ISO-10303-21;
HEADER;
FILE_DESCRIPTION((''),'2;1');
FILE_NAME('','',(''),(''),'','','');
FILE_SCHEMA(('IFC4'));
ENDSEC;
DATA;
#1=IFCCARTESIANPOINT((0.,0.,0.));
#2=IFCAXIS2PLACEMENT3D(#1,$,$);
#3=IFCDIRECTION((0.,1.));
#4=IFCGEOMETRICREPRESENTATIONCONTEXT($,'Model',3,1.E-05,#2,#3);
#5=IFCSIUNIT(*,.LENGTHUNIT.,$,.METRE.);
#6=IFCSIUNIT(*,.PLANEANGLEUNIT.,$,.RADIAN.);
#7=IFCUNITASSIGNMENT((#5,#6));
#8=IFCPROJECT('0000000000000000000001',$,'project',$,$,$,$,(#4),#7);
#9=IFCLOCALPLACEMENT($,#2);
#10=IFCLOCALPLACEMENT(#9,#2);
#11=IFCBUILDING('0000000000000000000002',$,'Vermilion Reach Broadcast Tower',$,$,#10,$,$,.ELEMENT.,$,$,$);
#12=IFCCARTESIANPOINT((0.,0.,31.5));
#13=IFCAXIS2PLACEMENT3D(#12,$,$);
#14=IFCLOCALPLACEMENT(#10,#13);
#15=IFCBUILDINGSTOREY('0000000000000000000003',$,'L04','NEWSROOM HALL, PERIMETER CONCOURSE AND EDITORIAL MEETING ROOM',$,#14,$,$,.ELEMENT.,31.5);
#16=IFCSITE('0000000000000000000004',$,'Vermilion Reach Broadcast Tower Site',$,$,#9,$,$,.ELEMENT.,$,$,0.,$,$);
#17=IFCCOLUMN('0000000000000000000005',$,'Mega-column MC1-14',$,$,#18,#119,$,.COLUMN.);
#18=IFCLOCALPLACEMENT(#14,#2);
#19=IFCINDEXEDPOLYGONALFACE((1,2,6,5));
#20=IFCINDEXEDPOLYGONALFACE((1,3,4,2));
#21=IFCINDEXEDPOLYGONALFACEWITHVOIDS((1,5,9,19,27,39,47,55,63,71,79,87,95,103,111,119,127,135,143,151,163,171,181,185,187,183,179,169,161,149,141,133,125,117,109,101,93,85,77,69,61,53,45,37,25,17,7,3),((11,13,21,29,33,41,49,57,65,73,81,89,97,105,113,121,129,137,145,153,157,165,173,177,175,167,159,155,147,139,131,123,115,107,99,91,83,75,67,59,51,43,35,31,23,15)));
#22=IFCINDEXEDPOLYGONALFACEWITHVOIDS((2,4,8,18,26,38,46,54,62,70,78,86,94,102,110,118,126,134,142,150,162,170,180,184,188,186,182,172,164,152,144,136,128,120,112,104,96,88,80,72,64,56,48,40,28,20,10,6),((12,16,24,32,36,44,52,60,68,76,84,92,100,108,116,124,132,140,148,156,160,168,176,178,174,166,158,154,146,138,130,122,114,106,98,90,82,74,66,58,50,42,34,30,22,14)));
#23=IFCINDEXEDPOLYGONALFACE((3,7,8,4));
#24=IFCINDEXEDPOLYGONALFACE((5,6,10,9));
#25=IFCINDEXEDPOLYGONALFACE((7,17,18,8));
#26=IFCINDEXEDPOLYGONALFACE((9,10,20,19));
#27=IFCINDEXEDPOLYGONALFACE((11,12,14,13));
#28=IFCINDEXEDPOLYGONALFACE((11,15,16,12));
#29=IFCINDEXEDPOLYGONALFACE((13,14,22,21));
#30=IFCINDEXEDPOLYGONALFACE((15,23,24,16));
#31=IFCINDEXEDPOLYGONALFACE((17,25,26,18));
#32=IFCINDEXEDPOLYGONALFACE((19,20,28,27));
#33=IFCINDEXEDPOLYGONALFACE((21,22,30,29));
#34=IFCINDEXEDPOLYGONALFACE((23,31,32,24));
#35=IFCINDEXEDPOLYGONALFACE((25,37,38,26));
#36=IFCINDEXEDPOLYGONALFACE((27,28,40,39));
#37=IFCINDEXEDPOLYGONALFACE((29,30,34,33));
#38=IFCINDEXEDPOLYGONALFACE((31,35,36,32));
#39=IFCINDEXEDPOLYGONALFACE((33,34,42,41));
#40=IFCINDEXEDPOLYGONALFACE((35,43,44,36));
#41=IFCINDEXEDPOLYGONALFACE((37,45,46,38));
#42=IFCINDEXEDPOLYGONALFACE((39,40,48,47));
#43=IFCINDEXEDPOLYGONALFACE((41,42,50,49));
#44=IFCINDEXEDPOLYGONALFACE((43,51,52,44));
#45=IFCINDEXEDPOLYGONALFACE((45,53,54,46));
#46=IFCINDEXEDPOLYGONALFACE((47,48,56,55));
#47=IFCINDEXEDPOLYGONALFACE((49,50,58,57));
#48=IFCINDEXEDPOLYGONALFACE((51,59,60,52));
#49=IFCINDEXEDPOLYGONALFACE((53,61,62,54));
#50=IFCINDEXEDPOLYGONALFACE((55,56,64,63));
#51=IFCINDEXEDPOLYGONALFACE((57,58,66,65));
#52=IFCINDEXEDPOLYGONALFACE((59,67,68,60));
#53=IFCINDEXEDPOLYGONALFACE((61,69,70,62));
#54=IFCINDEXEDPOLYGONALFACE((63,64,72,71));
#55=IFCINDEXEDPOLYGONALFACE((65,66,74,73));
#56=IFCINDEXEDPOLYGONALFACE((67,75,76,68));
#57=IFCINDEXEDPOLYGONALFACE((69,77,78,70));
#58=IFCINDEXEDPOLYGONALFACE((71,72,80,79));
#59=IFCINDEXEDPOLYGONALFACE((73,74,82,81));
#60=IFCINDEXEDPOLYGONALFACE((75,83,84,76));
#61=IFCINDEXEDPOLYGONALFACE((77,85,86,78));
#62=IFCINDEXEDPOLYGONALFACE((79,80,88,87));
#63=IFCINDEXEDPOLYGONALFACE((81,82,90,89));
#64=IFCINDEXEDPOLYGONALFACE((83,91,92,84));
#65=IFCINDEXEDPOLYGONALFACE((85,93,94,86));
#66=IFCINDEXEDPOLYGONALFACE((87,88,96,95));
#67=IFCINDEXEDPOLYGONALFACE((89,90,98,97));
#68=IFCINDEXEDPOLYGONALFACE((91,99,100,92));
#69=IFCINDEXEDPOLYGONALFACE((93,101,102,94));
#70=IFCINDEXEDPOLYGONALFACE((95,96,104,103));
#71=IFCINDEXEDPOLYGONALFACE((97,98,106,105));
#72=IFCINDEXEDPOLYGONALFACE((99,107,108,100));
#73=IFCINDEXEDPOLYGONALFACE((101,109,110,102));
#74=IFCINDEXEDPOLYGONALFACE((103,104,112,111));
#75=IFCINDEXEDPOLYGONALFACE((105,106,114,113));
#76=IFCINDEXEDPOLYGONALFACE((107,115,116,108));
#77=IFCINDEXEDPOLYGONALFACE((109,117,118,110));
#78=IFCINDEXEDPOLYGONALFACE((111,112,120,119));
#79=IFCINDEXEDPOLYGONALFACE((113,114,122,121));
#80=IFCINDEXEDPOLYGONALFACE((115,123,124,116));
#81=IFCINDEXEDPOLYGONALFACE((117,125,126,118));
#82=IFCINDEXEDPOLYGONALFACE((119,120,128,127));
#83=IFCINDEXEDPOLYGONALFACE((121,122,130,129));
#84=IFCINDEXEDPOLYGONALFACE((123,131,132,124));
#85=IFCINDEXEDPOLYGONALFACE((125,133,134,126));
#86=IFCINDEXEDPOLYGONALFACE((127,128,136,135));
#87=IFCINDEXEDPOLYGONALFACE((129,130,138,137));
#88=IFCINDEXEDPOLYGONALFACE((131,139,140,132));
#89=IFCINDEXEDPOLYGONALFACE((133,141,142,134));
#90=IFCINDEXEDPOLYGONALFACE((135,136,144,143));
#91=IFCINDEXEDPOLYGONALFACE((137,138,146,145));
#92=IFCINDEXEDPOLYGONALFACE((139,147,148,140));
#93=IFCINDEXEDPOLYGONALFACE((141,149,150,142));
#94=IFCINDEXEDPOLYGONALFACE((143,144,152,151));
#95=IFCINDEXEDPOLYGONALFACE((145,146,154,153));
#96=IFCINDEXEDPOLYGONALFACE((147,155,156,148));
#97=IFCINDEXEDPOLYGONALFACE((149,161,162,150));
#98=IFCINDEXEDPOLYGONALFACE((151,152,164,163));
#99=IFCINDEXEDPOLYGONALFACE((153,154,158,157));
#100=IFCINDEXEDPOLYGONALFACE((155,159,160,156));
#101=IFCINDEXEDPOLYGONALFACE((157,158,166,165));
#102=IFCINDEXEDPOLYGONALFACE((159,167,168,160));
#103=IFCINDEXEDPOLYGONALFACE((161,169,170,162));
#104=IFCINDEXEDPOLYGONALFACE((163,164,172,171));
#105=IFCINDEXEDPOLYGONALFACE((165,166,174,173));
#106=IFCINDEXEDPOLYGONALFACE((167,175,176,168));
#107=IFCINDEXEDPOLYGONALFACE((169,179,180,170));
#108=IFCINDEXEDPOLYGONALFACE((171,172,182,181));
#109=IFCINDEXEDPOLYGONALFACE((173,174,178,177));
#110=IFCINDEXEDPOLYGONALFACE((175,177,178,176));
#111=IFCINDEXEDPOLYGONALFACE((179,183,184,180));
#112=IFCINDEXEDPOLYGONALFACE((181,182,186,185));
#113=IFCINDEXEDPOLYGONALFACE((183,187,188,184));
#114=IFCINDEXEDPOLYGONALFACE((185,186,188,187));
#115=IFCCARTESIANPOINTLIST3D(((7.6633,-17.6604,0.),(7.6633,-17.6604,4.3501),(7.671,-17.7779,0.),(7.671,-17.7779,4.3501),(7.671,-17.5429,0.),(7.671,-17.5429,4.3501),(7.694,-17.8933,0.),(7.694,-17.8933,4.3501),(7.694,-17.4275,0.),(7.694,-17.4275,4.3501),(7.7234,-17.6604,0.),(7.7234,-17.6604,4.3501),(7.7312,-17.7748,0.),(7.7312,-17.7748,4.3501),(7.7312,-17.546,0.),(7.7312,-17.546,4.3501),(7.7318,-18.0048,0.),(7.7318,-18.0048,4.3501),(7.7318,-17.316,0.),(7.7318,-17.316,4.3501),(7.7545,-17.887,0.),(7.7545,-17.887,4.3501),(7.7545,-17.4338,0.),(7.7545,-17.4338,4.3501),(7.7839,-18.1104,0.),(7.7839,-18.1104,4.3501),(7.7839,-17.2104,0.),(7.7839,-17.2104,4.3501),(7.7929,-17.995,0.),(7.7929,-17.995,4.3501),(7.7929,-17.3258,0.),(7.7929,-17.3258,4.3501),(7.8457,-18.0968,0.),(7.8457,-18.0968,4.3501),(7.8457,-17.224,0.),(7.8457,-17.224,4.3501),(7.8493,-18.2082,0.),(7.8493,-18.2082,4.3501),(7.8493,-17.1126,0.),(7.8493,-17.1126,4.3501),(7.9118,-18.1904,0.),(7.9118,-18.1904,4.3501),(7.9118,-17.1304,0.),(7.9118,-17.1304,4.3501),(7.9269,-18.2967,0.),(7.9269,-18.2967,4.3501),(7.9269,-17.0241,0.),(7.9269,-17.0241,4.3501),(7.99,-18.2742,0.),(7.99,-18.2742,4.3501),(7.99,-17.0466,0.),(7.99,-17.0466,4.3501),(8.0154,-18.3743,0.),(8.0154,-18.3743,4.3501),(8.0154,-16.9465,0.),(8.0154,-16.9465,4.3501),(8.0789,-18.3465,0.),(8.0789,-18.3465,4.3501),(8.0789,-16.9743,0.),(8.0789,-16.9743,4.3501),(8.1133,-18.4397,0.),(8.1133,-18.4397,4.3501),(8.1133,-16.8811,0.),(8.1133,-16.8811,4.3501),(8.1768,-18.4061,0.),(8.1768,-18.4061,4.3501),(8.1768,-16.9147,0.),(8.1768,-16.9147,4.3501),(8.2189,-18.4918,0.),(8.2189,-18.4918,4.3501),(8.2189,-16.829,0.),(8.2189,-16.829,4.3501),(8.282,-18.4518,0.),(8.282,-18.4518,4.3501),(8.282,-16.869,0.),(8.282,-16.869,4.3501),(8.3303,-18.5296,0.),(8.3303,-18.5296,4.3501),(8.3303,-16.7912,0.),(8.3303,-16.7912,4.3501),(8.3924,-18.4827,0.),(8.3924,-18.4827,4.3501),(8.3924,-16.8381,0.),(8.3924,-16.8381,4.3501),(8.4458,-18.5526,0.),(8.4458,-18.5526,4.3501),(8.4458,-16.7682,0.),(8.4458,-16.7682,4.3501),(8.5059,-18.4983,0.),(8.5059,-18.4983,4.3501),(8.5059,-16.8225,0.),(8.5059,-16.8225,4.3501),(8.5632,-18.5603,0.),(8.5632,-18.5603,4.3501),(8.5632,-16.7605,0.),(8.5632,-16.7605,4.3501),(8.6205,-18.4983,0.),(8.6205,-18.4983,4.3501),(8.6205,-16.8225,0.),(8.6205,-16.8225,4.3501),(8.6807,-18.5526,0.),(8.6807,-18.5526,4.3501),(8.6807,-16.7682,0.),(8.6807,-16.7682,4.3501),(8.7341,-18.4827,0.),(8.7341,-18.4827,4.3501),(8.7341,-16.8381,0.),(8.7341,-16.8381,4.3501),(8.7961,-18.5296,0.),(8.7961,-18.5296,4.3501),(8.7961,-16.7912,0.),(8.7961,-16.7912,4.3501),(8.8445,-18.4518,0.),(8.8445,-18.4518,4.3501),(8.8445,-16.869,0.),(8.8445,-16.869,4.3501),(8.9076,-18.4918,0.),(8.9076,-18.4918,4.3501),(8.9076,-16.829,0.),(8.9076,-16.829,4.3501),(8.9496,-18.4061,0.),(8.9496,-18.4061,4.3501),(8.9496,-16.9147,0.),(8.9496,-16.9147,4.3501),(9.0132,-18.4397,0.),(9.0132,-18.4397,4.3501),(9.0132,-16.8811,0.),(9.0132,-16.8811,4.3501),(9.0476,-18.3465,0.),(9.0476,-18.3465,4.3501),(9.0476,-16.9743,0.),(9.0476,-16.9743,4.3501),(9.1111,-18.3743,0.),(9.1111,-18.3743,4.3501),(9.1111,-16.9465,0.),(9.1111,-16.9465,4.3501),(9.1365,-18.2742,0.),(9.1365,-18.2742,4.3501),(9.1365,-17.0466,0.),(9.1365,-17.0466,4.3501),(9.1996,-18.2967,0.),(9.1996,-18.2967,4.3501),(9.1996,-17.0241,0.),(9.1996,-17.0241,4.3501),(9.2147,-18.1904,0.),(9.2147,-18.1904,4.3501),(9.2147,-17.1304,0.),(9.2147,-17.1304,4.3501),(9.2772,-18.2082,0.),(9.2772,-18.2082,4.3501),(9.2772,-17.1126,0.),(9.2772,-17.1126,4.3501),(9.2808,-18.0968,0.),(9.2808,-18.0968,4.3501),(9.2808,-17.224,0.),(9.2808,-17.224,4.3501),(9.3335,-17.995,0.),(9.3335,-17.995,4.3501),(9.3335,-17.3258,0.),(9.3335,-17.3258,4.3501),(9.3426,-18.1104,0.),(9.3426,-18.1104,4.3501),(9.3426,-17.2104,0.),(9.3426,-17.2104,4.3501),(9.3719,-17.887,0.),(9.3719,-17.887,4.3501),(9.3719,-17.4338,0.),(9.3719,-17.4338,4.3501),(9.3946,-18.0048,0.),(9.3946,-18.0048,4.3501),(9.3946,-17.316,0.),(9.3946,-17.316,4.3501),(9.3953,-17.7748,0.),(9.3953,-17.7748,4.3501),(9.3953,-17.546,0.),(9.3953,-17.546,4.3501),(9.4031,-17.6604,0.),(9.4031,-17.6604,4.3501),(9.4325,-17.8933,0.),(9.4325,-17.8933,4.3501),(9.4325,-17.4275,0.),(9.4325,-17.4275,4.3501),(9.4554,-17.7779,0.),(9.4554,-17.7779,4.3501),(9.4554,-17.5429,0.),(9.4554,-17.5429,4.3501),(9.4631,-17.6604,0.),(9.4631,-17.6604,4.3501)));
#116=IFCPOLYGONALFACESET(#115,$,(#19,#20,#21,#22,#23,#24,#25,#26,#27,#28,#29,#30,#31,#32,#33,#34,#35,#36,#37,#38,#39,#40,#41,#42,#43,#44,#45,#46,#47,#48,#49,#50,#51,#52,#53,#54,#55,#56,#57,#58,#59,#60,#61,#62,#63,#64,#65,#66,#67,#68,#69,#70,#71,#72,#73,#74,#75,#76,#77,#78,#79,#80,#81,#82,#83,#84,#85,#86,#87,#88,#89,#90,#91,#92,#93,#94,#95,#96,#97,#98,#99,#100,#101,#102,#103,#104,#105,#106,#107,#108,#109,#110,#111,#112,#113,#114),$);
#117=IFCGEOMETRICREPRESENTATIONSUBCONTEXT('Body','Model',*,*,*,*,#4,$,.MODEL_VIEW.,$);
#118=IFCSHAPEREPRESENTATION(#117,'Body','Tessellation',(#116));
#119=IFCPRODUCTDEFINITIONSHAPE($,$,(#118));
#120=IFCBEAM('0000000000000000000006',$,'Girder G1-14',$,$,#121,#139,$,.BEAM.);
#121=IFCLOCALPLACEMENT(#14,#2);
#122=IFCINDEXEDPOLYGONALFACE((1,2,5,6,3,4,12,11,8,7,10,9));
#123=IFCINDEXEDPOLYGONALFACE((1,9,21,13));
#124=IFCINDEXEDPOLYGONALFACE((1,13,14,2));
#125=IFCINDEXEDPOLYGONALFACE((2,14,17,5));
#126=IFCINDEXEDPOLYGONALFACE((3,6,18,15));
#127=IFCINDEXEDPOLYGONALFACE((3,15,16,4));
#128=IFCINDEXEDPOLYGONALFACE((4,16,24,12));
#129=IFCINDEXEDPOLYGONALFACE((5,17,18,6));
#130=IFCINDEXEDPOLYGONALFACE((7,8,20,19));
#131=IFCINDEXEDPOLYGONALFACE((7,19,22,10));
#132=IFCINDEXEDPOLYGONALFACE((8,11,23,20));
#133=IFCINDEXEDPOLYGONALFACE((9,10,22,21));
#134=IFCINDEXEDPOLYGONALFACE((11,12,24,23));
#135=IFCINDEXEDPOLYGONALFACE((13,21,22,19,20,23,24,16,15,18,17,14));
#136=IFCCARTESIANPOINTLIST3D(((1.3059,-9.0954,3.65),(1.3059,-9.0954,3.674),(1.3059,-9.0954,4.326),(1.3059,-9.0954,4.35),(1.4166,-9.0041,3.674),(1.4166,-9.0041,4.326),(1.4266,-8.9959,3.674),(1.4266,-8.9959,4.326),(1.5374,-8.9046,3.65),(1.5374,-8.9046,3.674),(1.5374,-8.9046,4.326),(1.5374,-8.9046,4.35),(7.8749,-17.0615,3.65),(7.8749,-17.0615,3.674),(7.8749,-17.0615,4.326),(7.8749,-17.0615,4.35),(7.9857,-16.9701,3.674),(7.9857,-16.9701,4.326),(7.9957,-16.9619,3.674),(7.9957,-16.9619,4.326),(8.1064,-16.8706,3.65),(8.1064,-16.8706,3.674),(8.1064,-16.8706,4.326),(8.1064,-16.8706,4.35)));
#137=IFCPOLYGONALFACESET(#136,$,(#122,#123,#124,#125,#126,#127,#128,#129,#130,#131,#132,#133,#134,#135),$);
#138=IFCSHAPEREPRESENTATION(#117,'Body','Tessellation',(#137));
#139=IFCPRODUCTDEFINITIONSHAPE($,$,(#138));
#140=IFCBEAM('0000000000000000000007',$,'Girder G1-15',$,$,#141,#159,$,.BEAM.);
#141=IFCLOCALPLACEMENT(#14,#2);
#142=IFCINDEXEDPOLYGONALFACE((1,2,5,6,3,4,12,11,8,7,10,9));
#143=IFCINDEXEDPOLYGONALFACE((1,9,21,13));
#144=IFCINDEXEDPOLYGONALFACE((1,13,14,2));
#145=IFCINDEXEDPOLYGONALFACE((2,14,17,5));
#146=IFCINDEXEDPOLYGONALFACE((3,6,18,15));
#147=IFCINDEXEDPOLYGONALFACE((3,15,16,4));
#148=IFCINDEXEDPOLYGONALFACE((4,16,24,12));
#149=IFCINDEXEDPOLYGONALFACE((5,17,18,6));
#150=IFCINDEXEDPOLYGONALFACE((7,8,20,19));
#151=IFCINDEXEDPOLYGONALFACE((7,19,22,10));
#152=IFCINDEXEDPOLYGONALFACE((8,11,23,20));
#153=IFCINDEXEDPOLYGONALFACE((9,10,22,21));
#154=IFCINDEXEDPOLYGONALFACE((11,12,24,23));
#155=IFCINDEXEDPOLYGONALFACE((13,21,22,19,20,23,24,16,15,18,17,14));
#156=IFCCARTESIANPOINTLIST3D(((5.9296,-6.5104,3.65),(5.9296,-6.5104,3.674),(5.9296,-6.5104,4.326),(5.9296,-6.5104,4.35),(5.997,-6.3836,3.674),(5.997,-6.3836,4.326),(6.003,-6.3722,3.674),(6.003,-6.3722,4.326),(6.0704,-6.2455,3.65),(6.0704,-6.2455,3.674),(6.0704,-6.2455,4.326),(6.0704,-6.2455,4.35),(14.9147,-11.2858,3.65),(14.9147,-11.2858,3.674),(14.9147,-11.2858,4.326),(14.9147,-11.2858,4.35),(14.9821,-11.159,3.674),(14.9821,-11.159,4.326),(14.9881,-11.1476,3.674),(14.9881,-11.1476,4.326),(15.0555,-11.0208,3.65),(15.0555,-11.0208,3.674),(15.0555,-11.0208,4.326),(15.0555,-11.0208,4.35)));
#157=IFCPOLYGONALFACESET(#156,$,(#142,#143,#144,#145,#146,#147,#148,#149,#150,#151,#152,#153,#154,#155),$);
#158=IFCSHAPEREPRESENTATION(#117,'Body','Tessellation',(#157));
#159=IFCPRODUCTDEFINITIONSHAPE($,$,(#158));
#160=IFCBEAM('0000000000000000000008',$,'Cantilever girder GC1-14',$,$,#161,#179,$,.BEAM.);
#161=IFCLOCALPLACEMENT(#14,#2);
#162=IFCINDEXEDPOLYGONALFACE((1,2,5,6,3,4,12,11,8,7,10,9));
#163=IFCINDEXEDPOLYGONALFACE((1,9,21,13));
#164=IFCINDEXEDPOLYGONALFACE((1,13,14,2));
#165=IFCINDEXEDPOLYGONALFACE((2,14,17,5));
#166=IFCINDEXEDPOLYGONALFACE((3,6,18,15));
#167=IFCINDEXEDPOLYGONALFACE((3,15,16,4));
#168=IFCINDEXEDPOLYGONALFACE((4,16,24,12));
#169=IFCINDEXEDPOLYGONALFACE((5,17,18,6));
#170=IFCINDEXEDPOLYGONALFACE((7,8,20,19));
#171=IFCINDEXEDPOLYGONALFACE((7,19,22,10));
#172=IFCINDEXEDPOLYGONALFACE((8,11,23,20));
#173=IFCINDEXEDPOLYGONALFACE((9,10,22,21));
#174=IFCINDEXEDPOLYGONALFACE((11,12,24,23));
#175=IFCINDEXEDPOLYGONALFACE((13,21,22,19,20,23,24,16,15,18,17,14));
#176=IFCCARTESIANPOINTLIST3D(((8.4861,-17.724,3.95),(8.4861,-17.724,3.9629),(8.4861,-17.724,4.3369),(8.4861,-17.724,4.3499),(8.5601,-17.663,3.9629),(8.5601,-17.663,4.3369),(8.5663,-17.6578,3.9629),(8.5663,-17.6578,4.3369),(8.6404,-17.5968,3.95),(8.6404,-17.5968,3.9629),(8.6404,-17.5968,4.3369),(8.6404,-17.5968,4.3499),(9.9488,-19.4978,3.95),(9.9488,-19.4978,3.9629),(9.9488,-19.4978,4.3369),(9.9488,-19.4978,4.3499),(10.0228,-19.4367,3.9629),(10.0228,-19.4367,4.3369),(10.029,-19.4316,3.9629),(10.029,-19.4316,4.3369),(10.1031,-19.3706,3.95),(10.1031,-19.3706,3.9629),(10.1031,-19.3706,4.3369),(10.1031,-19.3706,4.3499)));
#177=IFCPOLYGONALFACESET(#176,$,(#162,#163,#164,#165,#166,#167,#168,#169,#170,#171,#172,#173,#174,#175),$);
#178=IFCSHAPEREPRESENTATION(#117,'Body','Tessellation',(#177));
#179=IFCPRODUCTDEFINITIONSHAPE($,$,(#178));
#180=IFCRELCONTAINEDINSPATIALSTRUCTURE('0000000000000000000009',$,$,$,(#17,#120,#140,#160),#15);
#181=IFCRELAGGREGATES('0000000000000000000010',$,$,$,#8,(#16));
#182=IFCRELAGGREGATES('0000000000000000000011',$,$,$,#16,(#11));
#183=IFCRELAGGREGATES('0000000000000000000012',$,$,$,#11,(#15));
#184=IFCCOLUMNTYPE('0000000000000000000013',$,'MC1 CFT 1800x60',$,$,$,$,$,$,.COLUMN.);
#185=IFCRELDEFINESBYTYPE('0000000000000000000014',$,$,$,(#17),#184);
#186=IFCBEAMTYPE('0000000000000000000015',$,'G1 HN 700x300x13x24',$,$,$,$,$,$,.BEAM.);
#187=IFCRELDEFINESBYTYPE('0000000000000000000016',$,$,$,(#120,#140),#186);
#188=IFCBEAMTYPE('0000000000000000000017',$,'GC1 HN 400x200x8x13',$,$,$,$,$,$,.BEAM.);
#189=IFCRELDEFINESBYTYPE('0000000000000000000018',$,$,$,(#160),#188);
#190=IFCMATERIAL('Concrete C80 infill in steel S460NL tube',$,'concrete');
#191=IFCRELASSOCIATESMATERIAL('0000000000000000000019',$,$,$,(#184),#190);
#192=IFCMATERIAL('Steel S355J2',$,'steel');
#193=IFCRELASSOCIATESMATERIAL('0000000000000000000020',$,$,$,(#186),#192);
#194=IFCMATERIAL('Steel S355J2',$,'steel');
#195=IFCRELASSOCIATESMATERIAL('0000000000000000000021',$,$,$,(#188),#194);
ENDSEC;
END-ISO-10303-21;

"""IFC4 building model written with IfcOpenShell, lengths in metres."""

from ifc_helpers import new_model, si_unit, direction, frame, origin, origin_2d, place, context, subcontext, project, spatial, hollow_circle, i_section, extrude, material, material_profile, profile_set, type_object, element, save


model = new_model("IFC4")

# Units and contexts
model_context = context("Model", 3, precision=1e-05, world=origin(), true_north=direction((0.0, 1.0)))
body_context = subcontext(model_context, "Body", "Model", "MODEL_VIEW")
ifc_project = project(units=[si_unit("LENGTHUNIT", "METRE"), si_unit("PLANEANGLEUNIT", "RADIAN")], contexts=[model_context])

# Site, building, storey
site_placement = place(None, origin())
site = spatial("IfcSite", under=ifc_project, at=site_placement, Name="Vermilion Reach Broadcast Tower Site", CompositionType="ELEMENT", RefElevation=0.0)
building_placement = place(site_placement, origin())
building = spatial("IfcBuilding", under=site, at=building_placement, Name="Vermilion Reach Broadcast Tower", CompositionType="ELEMENT")
storey_placement = place(building_placement, frame((0.0, 0.0, 31.5)))
storey = spatial("IfcBuildingStorey", under=building, at=storey_placement, Name="L04", Description="NEWSROOM HALL, PERIMETER CONCOURSE AND EDITORIAL MEETING ROOM", CompositionType="ELEMENT", Elevation=31.5)

# Column
ifc_material_1 = material(Name="Concrete C80 infill in steel S460NL tube", Category="concrete")
ifc_material_profile_1 = material_profile(ifc_material_1, hollow_circle(Radius=0.8999, WallThickness=0.0601, at=origin_2d()), Name="Concrete C80 infill in steel S460NL tube CFT 1800x60")
ifc_profile_set_1 = profile_set([ifc_material_profile_1], Name="Concrete C80 infill in steel S460NL tube")
column_type = type_object("IfcColumnType", Name="MC1 CFT 1800x60", PredefinedType="COLUMN", material=ifc_profile_set_1)
column_placement = place(storey_placement, frame((8.5632, -17.6604, 0.0), z_axis=(0.0, 0.0, 1.0), x_axis=(1.0, 0.0, 0.0)))
element("IfcColumn", 1, at=column_placement, inside=storey, type_object=column_type, Name="Mega-column MC1-14", PredefinedType="COLUMN", context=body_context, shape_type="SweptSolid", body=[
    extrude(hollow_circle(Radius=0.8999, WallThickness=0.0601, at=origin_2d()), origin(), (0.0, 0.0, 1.0), 4.3501),
])

# Beams
ifc_material_2 = material(Name="Steel S355J2", Category="steel")
ifc_material_profile_2 = material_profile(ifc_material_2, i_section(OverallWidth=0.3, OverallDepth=0.7, WebThickness=0.0129, FlangeThickness=0.0239, at=origin_2d()), Name="S355J2 HN 700x300x13x24")
ifc_profile_set_2 = profile_set([ifc_material_profile_2], Name="Steel S355J2")
beam_type_1 = type_object("IfcBeamType", Name="G1 HN 700x300x13x24", PredefinedType="BEAM", material=ifc_profile_set_2)
beam_1_placement = place(storey_placement, frame((1.4216, -9.0, 4.0), z_axis=(0.636215, -0.771512, 0.0), x_axis=(0.771512, 0.636215, 0.0)))
element("IfcBeam", 2, at=beam_1_placement, inside=storey, type_object=beam_type_1, Name="Girder G1-14", PredefinedType="BEAM", context=body_context, shape_type="SweptSolid", body=[
    extrude(i_section(OverallWidth=0.3, OverallDepth=0.7, WebThickness=0.0129, FlangeThickness=0.0239, at=origin_2d()), origin(), (0.0, 0.0, 1.0), 10.3252),
])
beam_2_placement = place(storey_placement, frame((6.0, -6.3779, 4.0), z_axis=(0.883032, -0.469313, 0.0), x_axis=(0.469313, 0.883032, 0.0)))
element("IfcBeam", 3, at=beam_2_placement, inside=storey, type_object=beam_type_1, Name="Girder G1-15", PredefinedType="BEAM", context=body_context, shape_type="SweptSolid", body=[
    extrude(i_section(OverallWidth=0.3, OverallDepth=0.7, WebThickness=0.0129, FlangeThickness=0.0239, at=origin_2d()), origin(), (0.0, 0.0, 1.0), 10.1753),
])
ifc_material_3 = material(Name="Steel S355J2", Category="steel")
ifc_material_profile_3 = material_profile(ifc_material_3, i_section(OverallWidth=0.2, OverallDepth=0.3999, WebThickness=0.0081, FlangeThickness=0.0129, at=origin_2d()), Name="S355J2 HN 400x200x8x13")
ifc_profile_set_3 = profile_set([ifc_material_profile_3], Name="Steel S355J2")
beam_type_2 = type_object("IfcBeamType", Name="GC1 HN 400x200x8x13", PredefinedType="BEAM", material=ifc_profile_set_3)
beam_3_placement = place(storey_placement, frame((8.5632, -17.6604, 4.1499), z_axis=(0.636217, -0.77151, 0.0), x_axis=(0.77151, 0.636217, 0.0)))
element("IfcBeam", 4, at=beam_3_placement, inside=storey, type_object=beam_type_2, Name="Cantilever girder GC1-14", PredefinedType="BEAM", context=body_context, shape_type="SweptSolid", body=[
    extrude(i_section(OverallWidth=0.2, OverallDepth=0.3999, WebThickness=0.0081, FlangeThickness=0.0129, at=origin_2d()), origin(), (0.0, 0.0, 1.0), 2.2991),
])

save(model, "model.ifc")
